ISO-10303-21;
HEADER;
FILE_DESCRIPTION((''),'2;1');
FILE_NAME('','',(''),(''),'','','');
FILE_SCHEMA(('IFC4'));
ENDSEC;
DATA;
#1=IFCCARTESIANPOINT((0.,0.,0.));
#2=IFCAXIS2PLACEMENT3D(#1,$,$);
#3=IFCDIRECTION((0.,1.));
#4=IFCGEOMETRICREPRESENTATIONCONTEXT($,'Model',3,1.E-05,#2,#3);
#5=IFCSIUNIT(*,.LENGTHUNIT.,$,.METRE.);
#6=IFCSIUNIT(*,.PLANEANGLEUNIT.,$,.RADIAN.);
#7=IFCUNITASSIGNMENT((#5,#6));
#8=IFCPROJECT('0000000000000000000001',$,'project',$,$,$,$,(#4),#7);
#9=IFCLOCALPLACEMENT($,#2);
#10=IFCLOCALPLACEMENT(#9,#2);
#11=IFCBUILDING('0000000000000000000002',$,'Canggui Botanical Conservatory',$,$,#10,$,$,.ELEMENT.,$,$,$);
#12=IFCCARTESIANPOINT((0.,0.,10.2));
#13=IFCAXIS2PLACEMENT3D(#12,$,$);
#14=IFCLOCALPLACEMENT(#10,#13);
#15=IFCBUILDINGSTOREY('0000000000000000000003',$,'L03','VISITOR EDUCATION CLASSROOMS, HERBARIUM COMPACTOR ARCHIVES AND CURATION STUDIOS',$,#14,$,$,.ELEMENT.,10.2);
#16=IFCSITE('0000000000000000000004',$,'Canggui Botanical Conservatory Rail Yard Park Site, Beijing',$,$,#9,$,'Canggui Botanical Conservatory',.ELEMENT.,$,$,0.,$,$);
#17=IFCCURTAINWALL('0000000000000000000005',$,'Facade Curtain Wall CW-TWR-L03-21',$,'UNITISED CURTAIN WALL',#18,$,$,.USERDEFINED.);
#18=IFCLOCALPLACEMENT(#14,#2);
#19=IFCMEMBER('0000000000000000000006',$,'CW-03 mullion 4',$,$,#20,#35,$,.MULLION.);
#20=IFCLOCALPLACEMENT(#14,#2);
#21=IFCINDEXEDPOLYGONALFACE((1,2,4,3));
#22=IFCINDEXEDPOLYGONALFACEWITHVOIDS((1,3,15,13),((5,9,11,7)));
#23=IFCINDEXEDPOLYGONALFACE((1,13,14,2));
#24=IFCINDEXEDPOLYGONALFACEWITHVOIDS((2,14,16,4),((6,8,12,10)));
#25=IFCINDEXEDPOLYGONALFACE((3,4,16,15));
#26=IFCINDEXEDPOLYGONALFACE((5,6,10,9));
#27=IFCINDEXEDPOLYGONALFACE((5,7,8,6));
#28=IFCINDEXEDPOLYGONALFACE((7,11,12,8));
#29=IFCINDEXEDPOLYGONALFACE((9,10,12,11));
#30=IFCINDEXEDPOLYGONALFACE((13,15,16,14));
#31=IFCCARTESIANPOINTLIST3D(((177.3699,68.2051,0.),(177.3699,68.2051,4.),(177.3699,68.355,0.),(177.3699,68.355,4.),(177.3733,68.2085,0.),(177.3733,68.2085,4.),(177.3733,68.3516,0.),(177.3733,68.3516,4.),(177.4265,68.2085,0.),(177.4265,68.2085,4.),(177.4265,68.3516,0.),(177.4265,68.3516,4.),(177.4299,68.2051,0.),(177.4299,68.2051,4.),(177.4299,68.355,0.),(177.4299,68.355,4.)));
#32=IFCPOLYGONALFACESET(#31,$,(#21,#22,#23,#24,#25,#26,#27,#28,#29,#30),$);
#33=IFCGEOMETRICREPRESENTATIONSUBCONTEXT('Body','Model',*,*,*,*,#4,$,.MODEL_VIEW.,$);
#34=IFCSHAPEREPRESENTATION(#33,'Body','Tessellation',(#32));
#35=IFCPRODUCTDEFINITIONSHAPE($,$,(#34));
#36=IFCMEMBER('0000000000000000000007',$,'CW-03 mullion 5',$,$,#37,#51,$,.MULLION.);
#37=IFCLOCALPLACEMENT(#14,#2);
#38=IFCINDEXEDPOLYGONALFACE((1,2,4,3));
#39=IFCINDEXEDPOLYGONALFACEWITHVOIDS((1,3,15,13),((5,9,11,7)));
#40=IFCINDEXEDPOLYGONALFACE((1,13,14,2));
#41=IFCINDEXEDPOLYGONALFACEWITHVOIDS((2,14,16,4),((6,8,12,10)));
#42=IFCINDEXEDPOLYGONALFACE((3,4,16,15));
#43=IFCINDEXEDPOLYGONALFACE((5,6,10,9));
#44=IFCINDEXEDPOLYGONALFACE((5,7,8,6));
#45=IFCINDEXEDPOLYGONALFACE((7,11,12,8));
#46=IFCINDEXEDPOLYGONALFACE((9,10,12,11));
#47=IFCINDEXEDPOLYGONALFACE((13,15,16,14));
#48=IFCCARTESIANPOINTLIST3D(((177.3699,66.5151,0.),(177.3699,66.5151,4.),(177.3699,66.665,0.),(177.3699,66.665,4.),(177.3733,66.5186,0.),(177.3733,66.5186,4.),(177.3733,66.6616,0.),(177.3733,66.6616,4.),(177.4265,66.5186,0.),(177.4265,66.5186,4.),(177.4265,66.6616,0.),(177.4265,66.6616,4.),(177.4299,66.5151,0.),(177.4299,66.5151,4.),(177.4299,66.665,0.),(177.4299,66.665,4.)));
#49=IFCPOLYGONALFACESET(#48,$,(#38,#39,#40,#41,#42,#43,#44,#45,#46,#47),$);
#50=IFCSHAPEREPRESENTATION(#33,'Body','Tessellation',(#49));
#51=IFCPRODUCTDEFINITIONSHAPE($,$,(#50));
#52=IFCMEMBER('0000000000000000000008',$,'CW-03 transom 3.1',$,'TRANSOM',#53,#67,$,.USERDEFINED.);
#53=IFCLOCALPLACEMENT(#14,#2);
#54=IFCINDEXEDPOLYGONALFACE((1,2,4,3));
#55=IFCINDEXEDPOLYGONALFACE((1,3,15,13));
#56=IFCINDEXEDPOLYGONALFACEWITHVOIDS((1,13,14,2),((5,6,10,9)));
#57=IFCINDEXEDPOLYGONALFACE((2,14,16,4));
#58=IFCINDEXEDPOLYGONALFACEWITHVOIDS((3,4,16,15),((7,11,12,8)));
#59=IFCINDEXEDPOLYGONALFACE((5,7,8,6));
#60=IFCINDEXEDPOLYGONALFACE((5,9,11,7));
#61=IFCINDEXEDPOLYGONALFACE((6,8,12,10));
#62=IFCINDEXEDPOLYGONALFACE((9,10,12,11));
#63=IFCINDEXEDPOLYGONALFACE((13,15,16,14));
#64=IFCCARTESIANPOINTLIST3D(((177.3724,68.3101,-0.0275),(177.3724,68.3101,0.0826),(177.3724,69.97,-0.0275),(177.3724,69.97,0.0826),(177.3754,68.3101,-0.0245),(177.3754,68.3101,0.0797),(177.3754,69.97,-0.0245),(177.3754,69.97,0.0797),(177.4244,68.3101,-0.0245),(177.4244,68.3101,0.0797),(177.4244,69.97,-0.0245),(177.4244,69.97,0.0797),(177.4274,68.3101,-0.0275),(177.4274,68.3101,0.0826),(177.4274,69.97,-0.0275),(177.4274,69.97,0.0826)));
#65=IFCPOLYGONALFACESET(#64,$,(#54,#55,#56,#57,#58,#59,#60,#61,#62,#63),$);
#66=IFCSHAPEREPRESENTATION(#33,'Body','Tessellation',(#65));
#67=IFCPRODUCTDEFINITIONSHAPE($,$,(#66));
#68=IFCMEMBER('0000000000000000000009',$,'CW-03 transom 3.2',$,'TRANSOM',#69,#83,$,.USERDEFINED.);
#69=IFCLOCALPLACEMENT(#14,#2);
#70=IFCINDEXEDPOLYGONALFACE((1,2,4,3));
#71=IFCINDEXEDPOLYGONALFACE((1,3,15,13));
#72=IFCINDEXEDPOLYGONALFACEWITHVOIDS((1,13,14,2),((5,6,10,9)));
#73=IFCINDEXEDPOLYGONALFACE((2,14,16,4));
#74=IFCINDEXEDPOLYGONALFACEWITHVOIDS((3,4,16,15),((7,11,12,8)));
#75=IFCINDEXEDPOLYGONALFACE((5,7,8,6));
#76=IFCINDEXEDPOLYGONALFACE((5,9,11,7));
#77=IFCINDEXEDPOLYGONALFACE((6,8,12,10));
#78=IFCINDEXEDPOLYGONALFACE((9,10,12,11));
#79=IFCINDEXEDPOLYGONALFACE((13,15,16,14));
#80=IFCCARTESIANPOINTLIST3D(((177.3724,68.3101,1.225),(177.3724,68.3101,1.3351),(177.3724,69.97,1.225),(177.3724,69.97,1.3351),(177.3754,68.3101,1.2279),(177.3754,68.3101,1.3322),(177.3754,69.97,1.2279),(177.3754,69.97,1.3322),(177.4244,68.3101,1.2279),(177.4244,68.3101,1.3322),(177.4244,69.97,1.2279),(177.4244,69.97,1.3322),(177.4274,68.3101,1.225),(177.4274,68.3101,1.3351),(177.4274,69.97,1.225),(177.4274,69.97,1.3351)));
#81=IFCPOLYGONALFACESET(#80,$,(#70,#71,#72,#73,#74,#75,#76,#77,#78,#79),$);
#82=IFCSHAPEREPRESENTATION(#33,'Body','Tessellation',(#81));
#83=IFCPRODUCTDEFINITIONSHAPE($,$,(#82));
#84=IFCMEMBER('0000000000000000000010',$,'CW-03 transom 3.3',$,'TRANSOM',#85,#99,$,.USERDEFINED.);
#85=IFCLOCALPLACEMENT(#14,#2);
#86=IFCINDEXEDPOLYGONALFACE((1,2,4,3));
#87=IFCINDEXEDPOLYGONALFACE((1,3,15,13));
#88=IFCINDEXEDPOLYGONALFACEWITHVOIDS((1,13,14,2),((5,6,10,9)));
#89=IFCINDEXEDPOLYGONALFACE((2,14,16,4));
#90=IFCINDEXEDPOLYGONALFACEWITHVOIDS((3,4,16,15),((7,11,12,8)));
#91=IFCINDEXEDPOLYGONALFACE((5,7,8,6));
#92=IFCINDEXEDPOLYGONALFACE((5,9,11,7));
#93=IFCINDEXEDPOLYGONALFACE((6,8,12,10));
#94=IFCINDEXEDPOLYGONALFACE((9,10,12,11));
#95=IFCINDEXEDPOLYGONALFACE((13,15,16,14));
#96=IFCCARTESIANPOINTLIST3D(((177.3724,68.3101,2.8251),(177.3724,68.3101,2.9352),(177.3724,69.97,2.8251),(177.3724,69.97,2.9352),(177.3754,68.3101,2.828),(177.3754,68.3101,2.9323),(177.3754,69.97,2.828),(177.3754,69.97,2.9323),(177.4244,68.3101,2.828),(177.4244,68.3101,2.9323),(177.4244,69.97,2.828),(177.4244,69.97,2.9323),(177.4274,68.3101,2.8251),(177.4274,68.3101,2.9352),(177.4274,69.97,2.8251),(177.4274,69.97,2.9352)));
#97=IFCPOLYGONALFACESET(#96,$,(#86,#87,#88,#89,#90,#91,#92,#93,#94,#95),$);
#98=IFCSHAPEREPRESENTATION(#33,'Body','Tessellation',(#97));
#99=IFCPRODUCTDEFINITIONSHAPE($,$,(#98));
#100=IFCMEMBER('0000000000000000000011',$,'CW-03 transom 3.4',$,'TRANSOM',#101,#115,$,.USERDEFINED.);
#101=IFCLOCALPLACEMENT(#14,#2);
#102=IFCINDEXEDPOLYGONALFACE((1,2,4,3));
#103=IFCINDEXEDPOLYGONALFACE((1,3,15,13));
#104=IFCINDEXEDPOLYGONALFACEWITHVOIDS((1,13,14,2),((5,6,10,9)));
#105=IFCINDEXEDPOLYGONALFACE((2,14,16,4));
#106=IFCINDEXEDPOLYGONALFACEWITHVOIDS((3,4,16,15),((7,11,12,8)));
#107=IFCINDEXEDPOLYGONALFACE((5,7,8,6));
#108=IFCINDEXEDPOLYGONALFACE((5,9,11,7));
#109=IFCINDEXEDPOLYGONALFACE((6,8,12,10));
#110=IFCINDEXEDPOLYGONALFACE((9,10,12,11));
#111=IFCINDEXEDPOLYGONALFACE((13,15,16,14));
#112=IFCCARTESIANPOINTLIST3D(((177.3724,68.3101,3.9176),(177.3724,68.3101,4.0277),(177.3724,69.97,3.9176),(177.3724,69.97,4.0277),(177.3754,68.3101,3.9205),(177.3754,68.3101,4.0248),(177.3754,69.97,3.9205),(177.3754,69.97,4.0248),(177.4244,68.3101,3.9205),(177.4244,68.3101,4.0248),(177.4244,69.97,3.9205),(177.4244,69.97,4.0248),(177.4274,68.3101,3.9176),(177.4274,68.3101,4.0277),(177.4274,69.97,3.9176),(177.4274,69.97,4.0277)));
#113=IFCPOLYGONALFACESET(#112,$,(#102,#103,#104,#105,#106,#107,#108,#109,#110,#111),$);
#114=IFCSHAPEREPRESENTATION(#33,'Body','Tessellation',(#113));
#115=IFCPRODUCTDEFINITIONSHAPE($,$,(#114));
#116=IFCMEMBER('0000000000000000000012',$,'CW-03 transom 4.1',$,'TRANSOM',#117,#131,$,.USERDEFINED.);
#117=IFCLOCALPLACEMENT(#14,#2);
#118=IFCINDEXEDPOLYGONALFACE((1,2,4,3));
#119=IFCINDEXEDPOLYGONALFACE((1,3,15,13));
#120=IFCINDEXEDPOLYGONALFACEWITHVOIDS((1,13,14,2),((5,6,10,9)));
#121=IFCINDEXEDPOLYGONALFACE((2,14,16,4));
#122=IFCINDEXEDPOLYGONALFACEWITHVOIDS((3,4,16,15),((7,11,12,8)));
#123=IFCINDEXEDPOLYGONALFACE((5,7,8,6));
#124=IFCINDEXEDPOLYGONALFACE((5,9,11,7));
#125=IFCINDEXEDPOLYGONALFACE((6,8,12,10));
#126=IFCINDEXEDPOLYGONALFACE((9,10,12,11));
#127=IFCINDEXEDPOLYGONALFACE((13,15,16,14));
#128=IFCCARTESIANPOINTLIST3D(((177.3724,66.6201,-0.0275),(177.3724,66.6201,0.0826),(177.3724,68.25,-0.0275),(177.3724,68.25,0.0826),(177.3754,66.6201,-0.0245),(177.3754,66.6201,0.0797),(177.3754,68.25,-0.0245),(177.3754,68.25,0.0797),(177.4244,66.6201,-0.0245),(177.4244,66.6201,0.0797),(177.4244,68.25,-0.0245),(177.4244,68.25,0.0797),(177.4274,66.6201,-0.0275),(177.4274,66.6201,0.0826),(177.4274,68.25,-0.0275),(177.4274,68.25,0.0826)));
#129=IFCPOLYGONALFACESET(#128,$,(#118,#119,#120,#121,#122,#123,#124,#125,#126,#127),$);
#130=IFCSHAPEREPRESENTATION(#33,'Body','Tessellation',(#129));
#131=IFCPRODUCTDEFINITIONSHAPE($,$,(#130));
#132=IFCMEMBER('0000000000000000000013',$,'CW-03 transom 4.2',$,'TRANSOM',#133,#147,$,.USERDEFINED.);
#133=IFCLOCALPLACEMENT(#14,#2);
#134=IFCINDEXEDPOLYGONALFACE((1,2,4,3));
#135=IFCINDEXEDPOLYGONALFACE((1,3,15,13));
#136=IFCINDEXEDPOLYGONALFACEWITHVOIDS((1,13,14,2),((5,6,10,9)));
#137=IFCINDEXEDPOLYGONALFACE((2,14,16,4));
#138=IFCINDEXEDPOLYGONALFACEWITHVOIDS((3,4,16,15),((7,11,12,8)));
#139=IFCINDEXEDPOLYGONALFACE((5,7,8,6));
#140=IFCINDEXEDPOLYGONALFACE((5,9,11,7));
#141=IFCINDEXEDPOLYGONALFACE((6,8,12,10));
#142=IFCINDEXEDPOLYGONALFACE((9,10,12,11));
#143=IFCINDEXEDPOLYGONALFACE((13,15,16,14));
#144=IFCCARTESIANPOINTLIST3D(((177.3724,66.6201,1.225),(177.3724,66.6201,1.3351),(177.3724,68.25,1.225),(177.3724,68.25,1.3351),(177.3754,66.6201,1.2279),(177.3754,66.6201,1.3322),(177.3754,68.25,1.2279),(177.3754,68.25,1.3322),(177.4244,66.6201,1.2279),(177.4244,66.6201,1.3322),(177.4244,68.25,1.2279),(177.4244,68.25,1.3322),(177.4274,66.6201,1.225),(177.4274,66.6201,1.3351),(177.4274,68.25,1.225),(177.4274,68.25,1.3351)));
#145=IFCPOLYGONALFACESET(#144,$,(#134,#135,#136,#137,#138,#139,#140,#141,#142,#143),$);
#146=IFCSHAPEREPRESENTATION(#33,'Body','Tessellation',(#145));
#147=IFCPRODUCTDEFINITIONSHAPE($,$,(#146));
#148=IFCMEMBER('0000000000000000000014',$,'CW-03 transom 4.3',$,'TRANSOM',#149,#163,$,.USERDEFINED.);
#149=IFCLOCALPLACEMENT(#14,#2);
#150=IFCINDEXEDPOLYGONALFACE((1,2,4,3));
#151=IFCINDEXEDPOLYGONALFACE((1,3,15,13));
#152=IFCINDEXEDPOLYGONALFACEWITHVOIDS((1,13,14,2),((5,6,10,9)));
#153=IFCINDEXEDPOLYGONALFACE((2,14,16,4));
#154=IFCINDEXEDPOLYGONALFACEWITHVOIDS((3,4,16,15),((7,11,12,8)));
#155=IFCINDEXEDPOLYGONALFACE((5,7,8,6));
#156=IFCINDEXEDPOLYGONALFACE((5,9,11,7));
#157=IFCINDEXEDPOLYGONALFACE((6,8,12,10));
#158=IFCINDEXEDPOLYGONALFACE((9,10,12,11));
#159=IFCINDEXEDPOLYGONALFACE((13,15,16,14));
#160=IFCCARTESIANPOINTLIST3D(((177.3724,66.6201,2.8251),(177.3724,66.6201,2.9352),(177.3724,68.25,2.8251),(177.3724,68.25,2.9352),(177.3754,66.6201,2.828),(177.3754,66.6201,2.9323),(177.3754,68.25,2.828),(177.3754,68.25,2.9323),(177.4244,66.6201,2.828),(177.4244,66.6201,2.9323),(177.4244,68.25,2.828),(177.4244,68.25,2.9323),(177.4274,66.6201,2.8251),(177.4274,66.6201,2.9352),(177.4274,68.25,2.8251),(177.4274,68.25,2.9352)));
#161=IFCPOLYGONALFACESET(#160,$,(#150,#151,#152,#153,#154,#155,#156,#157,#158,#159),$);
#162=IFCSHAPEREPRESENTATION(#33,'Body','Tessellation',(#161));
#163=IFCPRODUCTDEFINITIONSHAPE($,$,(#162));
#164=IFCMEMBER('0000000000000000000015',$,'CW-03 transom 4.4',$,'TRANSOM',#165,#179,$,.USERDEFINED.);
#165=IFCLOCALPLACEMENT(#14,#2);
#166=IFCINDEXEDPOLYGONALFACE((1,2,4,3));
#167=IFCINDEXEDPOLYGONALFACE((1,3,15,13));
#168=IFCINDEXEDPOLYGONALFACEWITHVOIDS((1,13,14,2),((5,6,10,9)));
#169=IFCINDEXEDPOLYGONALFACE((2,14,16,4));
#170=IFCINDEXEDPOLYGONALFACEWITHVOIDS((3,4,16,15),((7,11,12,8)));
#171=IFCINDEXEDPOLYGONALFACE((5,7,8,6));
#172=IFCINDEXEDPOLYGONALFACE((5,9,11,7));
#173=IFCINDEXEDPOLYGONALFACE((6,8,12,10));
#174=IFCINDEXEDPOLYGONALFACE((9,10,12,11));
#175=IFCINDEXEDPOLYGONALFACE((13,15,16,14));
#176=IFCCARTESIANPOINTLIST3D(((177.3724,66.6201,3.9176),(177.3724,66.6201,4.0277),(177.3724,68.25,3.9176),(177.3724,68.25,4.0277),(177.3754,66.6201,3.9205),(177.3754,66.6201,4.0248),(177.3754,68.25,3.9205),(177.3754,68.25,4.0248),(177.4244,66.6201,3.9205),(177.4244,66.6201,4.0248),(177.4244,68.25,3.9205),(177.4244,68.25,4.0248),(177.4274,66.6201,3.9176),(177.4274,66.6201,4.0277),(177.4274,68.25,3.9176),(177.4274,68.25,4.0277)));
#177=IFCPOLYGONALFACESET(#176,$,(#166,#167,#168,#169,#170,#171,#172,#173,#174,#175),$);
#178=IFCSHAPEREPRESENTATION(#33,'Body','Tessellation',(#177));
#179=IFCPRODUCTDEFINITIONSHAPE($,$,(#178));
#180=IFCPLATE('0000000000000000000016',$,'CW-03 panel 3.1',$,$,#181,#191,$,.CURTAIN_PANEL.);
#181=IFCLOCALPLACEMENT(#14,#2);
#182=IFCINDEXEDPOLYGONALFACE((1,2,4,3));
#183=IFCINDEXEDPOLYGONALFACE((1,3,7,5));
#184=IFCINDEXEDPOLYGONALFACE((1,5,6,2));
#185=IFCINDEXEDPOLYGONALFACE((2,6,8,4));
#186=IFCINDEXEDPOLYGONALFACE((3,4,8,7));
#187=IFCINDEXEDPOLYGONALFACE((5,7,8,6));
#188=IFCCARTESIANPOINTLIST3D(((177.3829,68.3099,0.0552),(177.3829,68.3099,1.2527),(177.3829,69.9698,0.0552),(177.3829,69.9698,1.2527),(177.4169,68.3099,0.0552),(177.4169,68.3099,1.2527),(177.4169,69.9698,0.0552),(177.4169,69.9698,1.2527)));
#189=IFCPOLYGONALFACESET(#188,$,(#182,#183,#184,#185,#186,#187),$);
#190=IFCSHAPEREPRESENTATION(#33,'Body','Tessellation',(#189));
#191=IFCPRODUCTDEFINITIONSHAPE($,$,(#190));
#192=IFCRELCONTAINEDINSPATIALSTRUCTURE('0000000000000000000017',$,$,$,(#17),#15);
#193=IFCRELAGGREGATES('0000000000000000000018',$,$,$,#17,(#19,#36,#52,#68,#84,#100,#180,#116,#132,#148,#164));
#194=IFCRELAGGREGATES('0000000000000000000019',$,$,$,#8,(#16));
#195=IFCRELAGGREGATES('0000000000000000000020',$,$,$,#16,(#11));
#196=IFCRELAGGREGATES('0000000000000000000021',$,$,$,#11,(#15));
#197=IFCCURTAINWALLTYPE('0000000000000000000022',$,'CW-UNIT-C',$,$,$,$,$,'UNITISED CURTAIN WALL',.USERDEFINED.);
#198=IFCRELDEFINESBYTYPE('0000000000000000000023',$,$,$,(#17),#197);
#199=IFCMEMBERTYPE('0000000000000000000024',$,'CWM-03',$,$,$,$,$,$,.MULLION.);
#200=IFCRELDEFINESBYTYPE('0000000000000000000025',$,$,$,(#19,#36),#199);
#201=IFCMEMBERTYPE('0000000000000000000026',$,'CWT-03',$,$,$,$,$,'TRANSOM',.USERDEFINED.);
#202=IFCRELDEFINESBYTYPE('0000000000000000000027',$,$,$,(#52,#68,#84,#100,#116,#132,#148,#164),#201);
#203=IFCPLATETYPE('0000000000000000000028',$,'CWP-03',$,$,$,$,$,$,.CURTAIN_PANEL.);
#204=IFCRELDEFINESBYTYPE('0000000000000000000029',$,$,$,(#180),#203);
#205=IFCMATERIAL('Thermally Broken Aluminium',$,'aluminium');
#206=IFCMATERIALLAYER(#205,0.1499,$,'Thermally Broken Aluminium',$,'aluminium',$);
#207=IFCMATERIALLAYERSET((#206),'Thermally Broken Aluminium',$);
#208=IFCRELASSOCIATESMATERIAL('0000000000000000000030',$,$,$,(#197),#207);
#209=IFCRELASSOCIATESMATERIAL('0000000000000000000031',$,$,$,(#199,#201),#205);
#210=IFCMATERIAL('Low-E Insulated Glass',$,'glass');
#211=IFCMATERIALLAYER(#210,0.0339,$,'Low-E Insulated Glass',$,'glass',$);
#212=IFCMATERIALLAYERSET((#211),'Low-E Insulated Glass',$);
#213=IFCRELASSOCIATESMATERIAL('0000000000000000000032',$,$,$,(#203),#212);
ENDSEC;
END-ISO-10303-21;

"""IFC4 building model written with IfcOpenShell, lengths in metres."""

from ifc_helpers import new_model, si_unit, direction, frame, origin, origin_2d, place, context, subcontext, project, spatial, rectangle, hollow_rectangle, extrude, material, layer, layer_set, material_profile, profile_set, type_object, element, aggregate, save


model = new_model("IFC4")

# Units and contexts
model_context = context("Model", 3, precision=1e-05, world=origin(), true_north=direction((0.0, 1.0)))
body_context = subcontext(model_context, "Body", "Model", "MODEL_VIEW")
ifc_project = project(units=[si_unit("LENGTHUNIT", "METRE"), si_unit("PLANEANGLEUNIT", "RADIAN")], contexts=[model_context])

# Site, building, storey
site_placement = place(None, origin())
site = spatial("IfcSite", under=ifc_project, at=site_placement, Name="Canggui Botanical Conservatory Rail Yard Park Site, Beijing", LongName="Canggui Botanical Conservatory", CompositionType="ELEMENT", RefElevation=0.0)
building_placement = place(site_placement, origin())
building = spatial("IfcBuilding", under=site, at=building_placement, Name="Canggui Botanical Conservatory", CompositionType="ELEMENT")
storey_placement = place(building_placement, frame((0.0, 0.0, 10.2)))
storey = spatial("IfcBuildingStorey", under=building, at=storey_placement, Name="L03", Description="VISITOR EDUCATION CLASSROOMS, HERBARIUM COMPACTOR ARCHIVES AND CURATION STUDIOS", CompositionType="ELEMENT", Elevation=10.2)

# Curtain wall, members, plate
ifc_material_1 = material(Name="Thermally Broken Aluminium", Category="aluminium")
ifc_layer_1 = layer(ifc_material_1, 0.1499, Name="Thermally Broken Aluminium", Category="aluminium")
ifc_layer_set_1 = layer_set([ifc_layer_1], Name="Thermally Broken Aluminium")
curtain_wall_type = type_object("IfcCurtainWallType", Name="CW-UNIT-C", ElementType="UNITISED CURTAIN WALL", PredefinedType="USERDEFINED", material=ifc_layer_set_1)
curtain_wall_placement = place(storey_placement, origin())
curtain_wall = element("IfcCurtainWall", 1, at=curtain_wall_placement, inside=storey, type_object=curtain_wall_type, Name="Facade Curtain Wall CW-TWR-L03-21", ObjectType="UNITISED CURTAIN WALL", PredefinedType="USERDEFINED")
ifc_material_profile_1 = material_profile(ifc_material_1, hollow_rectangle(XDim=0.0601, YDim=0.1499, WallThickness=0.0034, at=origin_2d()), Name="CWM 60x150x3.5")
ifc_profile_set_1 = profile_set([ifc_material_profile_1], Name="Thermally Broken Aluminium")
member_type_1 = type_object("IfcMemberType", Name="CWM-03", PredefinedType="MULLION", material=ifc_profile_set_1)
member_1_placement = place(storey_placement, frame((177.3999, 68.28, 0.0), z_axis=(0.0, 0.0, 1.0), x_axis=(1.0, 0.0, 0.0)))
member_1 = element("IfcMember", 2, at=member_1_placement, type_object=member_type_1, Name="CW-03 mullion 4", PredefinedType="MULLION", context=body_context, shape_type="SweptSolid", body=[
    extrude(hollow_rectangle(XDim=0.0601, YDim=0.1499, WallThickness=0.0034, at=origin_2d()), origin(), (0.0, 0.0, 1.0), 4.0),
])
member_2_placement = place(storey_placement, frame((177.3999, 66.5901, 0.0), z_axis=(0.0, 0.0, 1.0), x_axis=(1.0, 0.0, 0.0)))
member_2 = element("IfcMember", 3, at=member_2_placement, type_object=member_type_1, Name="CW-03 mullion 5", PredefinedType="MULLION", context=body_context, shape_type="SweptSolid", body=[
    extrude(hollow_rectangle(XDim=0.0601, YDim=0.1499, WallThickness=0.0034, at=origin_2d()), origin(), (0.0, 0.0, 1.0), 4.0),
])
ifc_material_profile_2 = material_profile(ifc_material_1, hollow_rectangle(XDim=0.0549, YDim=0.1101, WallThickness=0.0029, at=origin_2d()), Name="CWT 55x110x3")
ifc_profile_set_2 = profile_set([ifc_material_profile_2], Name="Thermally Broken Aluminium")
member_type_2 = type_object("IfcMemberType", Name="CWT-03", ElementType="TRANSOM", PredefinedType="USERDEFINED", material=ifc_profile_set_2)
member_3_placement = place(storey_placement, frame((177.3999, 69.97, 0.0276), z_axis=(0.0, -1.0, 0.0), x_axis=(1.0, 0.0, 0.0)))
member_3 = element("IfcMember", 4, at=member_3_placement, type_object=member_type_2, Name="CW-03 transom 3.1", ObjectType="TRANSOM", PredefinedType="USERDEFINED", context=body_context, shape_type="SweptSolid", body=[
    extrude(hollow_rectangle(XDim=0.0549, YDim=0.1101, WallThickness=0.0029, at=origin_2d()), origin(), (0.0, 0.0, 1.0), 1.6599),
])
member_4_placement = place(storey_placement, frame((177.3999, 69.97, 1.28), z_axis=(0.0, -1.0, 0.0), x_axis=(1.0, 0.0, 0.0)))
member_4 = element("IfcMember", 5, at=member_4_placement, type_object=member_type_2, Name="CW-03 transom 3.2", ObjectType="TRANSOM", PredefinedType="USERDEFINED", context=body_context, shape_type="SweptSolid", body=[
    extrude(hollow_rectangle(XDim=0.0549, YDim=0.1101, WallThickness=0.0029, at=origin_2d()), origin(), (0.0, 0.0, 1.0), 1.6599),
])
member_5_placement = place(storey_placement, frame((177.3999, 69.97, 2.8801), z_axis=(0.0, -1.0, 0.0), x_axis=(1.0, 0.0, 0.0)))
member_5 = element("IfcMember", 6, at=member_5_placement, type_object=member_type_2, Name="CW-03 transom 3.3", ObjectType="TRANSOM", PredefinedType="USERDEFINED", context=body_context, shape_type="SweptSolid", body=[
    extrude(hollow_rectangle(XDim=0.0549, YDim=0.1101, WallThickness=0.0029, at=origin_2d()), origin(), (0.0, 0.0, 1.0), 1.6599),
])
member_6_placement = place(storey_placement, frame((177.3999, 69.97, 3.9727), z_axis=(0.0, -1.0, 0.0), x_axis=(1.0, 0.0, 0.0)))
member_6 = element("IfcMember", 7, at=member_6_placement, type_object=member_type_2, Name="CW-03 transom 3.4", ObjectType="TRANSOM", PredefinedType="USERDEFINED", context=body_context, shape_type="SweptSolid", body=[
    extrude(hollow_rectangle(XDim=0.0549, YDim=0.1101, WallThickness=0.0029, at=origin_2d()), origin(), (0.0, 0.0, 1.0), 1.6599),
])
member_7_placement = place(storey_placement, frame((177.3999, 68.25, 0.0276), z_axis=(0.0, -1.0, 0.0), x_axis=(1.0, 0.0, 0.0)))
member_7 = element("IfcMember", 8, at=member_7_placement, type_object=member_type_2, Name="CW-03 transom 4.1", ObjectType="TRANSOM", PredefinedType="USERDEFINED", context=body_context, shape_type="SweptSolid", body=[
    extrude(hollow_rectangle(XDim=0.0549, YDim=0.1101, WallThickness=0.0029, at=origin_2d()), origin(), (0.0, 0.0, 1.0), 1.6299),
])
member_8_placement = place(storey_placement, frame((177.3999, 68.25, 1.28), z_axis=(0.0, -1.0, 0.0), x_axis=(1.0, 0.0, 0.0)))
member_8 = element("IfcMember", 9, at=member_8_placement, type_object=member_type_2, Name="CW-03 transom 4.2", ObjectType="TRANSOM", PredefinedType="USERDEFINED", context=body_context, shape_type="SweptSolid", body=[
    extrude(hollow_rectangle(XDim=0.0549, YDim=0.1101, WallThickness=0.0029, at=origin_2d()), origin(), (0.0, 0.0, 1.0), 1.6299),
])
member_9_placement = place(storey_placement, frame((177.3999, 68.25, 2.8801), z_axis=(0.0, -1.0, 0.0), x_axis=(1.0, 0.0, 0.0)))
member_9 = element("IfcMember", 10, at=member_9_placement, type_object=member_type_2, Name="CW-03 transom 4.3", ObjectType="TRANSOM", PredefinedType="USERDEFINED", context=body_context, shape_type="SweptSolid", body=[
    extrude(hollow_rectangle(XDim=0.0549, YDim=0.1101, WallThickness=0.0029, at=origin_2d()), origin(), (0.0, 0.0, 1.0), 1.6299),
])
member_10_placement = place(storey_placement, frame((177.3999, 68.25, 3.9727), z_axis=(0.0, -1.0, 0.0), x_axis=(1.0, 0.0, 0.0)))
member_10 = element("IfcMember", 11, at=member_10_placement, type_object=member_type_2, Name="CW-03 transom 4.4", ObjectType="TRANSOM", PredefinedType="USERDEFINED", context=body_context, shape_type="SweptSolid", body=[
    extrude(hollow_rectangle(XDim=0.0549, YDim=0.1101, WallThickness=0.0029, at=origin_2d()), origin(), (0.0, 0.0, 1.0), 1.6299),
])
ifc_material_2 = material(Name="Low-E Insulated Glass", Category="glass")
ifc_layer_2 = layer(ifc_material_2, 0.0339, Name="Low-E Insulated Glass", Category="glass")
ifc_layer_set_2 = layer_set([ifc_layer_2], Name="Low-E Insulated Glass")
plate_type = type_object("IfcPlateType", Name="CWP-03", PredefinedType="CURTAIN_PANEL", material=ifc_layer_set_2)
plate_1_placement = place(storey_placement, frame((177.3999, 69.1399, 0.0552), z_axis=(0.0, 0.0, 1.0), x_axis=(0.0, -1.0, 0.0)))
plate_1 = element("IfcPlate", 12, at=plate_1_placement, type_object=plate_type, Name="CW-03 panel 3.1", PredefinedType="CURTAIN_PANEL", context=body_context, shape_type="SweptSolid", body=[
    extrude(rectangle(XDim=1.6599, YDim=0.0339, at=origin_2d()), origin(), (0.0, 0.0, 1.0), 1.1975),
])
aggregate(curtain_wall, [member_1, member_2, member_3, member_4, member_5, member_6, plate_1, member_7, member_8, member_9, member_10])

save(model, "model.ifc")
